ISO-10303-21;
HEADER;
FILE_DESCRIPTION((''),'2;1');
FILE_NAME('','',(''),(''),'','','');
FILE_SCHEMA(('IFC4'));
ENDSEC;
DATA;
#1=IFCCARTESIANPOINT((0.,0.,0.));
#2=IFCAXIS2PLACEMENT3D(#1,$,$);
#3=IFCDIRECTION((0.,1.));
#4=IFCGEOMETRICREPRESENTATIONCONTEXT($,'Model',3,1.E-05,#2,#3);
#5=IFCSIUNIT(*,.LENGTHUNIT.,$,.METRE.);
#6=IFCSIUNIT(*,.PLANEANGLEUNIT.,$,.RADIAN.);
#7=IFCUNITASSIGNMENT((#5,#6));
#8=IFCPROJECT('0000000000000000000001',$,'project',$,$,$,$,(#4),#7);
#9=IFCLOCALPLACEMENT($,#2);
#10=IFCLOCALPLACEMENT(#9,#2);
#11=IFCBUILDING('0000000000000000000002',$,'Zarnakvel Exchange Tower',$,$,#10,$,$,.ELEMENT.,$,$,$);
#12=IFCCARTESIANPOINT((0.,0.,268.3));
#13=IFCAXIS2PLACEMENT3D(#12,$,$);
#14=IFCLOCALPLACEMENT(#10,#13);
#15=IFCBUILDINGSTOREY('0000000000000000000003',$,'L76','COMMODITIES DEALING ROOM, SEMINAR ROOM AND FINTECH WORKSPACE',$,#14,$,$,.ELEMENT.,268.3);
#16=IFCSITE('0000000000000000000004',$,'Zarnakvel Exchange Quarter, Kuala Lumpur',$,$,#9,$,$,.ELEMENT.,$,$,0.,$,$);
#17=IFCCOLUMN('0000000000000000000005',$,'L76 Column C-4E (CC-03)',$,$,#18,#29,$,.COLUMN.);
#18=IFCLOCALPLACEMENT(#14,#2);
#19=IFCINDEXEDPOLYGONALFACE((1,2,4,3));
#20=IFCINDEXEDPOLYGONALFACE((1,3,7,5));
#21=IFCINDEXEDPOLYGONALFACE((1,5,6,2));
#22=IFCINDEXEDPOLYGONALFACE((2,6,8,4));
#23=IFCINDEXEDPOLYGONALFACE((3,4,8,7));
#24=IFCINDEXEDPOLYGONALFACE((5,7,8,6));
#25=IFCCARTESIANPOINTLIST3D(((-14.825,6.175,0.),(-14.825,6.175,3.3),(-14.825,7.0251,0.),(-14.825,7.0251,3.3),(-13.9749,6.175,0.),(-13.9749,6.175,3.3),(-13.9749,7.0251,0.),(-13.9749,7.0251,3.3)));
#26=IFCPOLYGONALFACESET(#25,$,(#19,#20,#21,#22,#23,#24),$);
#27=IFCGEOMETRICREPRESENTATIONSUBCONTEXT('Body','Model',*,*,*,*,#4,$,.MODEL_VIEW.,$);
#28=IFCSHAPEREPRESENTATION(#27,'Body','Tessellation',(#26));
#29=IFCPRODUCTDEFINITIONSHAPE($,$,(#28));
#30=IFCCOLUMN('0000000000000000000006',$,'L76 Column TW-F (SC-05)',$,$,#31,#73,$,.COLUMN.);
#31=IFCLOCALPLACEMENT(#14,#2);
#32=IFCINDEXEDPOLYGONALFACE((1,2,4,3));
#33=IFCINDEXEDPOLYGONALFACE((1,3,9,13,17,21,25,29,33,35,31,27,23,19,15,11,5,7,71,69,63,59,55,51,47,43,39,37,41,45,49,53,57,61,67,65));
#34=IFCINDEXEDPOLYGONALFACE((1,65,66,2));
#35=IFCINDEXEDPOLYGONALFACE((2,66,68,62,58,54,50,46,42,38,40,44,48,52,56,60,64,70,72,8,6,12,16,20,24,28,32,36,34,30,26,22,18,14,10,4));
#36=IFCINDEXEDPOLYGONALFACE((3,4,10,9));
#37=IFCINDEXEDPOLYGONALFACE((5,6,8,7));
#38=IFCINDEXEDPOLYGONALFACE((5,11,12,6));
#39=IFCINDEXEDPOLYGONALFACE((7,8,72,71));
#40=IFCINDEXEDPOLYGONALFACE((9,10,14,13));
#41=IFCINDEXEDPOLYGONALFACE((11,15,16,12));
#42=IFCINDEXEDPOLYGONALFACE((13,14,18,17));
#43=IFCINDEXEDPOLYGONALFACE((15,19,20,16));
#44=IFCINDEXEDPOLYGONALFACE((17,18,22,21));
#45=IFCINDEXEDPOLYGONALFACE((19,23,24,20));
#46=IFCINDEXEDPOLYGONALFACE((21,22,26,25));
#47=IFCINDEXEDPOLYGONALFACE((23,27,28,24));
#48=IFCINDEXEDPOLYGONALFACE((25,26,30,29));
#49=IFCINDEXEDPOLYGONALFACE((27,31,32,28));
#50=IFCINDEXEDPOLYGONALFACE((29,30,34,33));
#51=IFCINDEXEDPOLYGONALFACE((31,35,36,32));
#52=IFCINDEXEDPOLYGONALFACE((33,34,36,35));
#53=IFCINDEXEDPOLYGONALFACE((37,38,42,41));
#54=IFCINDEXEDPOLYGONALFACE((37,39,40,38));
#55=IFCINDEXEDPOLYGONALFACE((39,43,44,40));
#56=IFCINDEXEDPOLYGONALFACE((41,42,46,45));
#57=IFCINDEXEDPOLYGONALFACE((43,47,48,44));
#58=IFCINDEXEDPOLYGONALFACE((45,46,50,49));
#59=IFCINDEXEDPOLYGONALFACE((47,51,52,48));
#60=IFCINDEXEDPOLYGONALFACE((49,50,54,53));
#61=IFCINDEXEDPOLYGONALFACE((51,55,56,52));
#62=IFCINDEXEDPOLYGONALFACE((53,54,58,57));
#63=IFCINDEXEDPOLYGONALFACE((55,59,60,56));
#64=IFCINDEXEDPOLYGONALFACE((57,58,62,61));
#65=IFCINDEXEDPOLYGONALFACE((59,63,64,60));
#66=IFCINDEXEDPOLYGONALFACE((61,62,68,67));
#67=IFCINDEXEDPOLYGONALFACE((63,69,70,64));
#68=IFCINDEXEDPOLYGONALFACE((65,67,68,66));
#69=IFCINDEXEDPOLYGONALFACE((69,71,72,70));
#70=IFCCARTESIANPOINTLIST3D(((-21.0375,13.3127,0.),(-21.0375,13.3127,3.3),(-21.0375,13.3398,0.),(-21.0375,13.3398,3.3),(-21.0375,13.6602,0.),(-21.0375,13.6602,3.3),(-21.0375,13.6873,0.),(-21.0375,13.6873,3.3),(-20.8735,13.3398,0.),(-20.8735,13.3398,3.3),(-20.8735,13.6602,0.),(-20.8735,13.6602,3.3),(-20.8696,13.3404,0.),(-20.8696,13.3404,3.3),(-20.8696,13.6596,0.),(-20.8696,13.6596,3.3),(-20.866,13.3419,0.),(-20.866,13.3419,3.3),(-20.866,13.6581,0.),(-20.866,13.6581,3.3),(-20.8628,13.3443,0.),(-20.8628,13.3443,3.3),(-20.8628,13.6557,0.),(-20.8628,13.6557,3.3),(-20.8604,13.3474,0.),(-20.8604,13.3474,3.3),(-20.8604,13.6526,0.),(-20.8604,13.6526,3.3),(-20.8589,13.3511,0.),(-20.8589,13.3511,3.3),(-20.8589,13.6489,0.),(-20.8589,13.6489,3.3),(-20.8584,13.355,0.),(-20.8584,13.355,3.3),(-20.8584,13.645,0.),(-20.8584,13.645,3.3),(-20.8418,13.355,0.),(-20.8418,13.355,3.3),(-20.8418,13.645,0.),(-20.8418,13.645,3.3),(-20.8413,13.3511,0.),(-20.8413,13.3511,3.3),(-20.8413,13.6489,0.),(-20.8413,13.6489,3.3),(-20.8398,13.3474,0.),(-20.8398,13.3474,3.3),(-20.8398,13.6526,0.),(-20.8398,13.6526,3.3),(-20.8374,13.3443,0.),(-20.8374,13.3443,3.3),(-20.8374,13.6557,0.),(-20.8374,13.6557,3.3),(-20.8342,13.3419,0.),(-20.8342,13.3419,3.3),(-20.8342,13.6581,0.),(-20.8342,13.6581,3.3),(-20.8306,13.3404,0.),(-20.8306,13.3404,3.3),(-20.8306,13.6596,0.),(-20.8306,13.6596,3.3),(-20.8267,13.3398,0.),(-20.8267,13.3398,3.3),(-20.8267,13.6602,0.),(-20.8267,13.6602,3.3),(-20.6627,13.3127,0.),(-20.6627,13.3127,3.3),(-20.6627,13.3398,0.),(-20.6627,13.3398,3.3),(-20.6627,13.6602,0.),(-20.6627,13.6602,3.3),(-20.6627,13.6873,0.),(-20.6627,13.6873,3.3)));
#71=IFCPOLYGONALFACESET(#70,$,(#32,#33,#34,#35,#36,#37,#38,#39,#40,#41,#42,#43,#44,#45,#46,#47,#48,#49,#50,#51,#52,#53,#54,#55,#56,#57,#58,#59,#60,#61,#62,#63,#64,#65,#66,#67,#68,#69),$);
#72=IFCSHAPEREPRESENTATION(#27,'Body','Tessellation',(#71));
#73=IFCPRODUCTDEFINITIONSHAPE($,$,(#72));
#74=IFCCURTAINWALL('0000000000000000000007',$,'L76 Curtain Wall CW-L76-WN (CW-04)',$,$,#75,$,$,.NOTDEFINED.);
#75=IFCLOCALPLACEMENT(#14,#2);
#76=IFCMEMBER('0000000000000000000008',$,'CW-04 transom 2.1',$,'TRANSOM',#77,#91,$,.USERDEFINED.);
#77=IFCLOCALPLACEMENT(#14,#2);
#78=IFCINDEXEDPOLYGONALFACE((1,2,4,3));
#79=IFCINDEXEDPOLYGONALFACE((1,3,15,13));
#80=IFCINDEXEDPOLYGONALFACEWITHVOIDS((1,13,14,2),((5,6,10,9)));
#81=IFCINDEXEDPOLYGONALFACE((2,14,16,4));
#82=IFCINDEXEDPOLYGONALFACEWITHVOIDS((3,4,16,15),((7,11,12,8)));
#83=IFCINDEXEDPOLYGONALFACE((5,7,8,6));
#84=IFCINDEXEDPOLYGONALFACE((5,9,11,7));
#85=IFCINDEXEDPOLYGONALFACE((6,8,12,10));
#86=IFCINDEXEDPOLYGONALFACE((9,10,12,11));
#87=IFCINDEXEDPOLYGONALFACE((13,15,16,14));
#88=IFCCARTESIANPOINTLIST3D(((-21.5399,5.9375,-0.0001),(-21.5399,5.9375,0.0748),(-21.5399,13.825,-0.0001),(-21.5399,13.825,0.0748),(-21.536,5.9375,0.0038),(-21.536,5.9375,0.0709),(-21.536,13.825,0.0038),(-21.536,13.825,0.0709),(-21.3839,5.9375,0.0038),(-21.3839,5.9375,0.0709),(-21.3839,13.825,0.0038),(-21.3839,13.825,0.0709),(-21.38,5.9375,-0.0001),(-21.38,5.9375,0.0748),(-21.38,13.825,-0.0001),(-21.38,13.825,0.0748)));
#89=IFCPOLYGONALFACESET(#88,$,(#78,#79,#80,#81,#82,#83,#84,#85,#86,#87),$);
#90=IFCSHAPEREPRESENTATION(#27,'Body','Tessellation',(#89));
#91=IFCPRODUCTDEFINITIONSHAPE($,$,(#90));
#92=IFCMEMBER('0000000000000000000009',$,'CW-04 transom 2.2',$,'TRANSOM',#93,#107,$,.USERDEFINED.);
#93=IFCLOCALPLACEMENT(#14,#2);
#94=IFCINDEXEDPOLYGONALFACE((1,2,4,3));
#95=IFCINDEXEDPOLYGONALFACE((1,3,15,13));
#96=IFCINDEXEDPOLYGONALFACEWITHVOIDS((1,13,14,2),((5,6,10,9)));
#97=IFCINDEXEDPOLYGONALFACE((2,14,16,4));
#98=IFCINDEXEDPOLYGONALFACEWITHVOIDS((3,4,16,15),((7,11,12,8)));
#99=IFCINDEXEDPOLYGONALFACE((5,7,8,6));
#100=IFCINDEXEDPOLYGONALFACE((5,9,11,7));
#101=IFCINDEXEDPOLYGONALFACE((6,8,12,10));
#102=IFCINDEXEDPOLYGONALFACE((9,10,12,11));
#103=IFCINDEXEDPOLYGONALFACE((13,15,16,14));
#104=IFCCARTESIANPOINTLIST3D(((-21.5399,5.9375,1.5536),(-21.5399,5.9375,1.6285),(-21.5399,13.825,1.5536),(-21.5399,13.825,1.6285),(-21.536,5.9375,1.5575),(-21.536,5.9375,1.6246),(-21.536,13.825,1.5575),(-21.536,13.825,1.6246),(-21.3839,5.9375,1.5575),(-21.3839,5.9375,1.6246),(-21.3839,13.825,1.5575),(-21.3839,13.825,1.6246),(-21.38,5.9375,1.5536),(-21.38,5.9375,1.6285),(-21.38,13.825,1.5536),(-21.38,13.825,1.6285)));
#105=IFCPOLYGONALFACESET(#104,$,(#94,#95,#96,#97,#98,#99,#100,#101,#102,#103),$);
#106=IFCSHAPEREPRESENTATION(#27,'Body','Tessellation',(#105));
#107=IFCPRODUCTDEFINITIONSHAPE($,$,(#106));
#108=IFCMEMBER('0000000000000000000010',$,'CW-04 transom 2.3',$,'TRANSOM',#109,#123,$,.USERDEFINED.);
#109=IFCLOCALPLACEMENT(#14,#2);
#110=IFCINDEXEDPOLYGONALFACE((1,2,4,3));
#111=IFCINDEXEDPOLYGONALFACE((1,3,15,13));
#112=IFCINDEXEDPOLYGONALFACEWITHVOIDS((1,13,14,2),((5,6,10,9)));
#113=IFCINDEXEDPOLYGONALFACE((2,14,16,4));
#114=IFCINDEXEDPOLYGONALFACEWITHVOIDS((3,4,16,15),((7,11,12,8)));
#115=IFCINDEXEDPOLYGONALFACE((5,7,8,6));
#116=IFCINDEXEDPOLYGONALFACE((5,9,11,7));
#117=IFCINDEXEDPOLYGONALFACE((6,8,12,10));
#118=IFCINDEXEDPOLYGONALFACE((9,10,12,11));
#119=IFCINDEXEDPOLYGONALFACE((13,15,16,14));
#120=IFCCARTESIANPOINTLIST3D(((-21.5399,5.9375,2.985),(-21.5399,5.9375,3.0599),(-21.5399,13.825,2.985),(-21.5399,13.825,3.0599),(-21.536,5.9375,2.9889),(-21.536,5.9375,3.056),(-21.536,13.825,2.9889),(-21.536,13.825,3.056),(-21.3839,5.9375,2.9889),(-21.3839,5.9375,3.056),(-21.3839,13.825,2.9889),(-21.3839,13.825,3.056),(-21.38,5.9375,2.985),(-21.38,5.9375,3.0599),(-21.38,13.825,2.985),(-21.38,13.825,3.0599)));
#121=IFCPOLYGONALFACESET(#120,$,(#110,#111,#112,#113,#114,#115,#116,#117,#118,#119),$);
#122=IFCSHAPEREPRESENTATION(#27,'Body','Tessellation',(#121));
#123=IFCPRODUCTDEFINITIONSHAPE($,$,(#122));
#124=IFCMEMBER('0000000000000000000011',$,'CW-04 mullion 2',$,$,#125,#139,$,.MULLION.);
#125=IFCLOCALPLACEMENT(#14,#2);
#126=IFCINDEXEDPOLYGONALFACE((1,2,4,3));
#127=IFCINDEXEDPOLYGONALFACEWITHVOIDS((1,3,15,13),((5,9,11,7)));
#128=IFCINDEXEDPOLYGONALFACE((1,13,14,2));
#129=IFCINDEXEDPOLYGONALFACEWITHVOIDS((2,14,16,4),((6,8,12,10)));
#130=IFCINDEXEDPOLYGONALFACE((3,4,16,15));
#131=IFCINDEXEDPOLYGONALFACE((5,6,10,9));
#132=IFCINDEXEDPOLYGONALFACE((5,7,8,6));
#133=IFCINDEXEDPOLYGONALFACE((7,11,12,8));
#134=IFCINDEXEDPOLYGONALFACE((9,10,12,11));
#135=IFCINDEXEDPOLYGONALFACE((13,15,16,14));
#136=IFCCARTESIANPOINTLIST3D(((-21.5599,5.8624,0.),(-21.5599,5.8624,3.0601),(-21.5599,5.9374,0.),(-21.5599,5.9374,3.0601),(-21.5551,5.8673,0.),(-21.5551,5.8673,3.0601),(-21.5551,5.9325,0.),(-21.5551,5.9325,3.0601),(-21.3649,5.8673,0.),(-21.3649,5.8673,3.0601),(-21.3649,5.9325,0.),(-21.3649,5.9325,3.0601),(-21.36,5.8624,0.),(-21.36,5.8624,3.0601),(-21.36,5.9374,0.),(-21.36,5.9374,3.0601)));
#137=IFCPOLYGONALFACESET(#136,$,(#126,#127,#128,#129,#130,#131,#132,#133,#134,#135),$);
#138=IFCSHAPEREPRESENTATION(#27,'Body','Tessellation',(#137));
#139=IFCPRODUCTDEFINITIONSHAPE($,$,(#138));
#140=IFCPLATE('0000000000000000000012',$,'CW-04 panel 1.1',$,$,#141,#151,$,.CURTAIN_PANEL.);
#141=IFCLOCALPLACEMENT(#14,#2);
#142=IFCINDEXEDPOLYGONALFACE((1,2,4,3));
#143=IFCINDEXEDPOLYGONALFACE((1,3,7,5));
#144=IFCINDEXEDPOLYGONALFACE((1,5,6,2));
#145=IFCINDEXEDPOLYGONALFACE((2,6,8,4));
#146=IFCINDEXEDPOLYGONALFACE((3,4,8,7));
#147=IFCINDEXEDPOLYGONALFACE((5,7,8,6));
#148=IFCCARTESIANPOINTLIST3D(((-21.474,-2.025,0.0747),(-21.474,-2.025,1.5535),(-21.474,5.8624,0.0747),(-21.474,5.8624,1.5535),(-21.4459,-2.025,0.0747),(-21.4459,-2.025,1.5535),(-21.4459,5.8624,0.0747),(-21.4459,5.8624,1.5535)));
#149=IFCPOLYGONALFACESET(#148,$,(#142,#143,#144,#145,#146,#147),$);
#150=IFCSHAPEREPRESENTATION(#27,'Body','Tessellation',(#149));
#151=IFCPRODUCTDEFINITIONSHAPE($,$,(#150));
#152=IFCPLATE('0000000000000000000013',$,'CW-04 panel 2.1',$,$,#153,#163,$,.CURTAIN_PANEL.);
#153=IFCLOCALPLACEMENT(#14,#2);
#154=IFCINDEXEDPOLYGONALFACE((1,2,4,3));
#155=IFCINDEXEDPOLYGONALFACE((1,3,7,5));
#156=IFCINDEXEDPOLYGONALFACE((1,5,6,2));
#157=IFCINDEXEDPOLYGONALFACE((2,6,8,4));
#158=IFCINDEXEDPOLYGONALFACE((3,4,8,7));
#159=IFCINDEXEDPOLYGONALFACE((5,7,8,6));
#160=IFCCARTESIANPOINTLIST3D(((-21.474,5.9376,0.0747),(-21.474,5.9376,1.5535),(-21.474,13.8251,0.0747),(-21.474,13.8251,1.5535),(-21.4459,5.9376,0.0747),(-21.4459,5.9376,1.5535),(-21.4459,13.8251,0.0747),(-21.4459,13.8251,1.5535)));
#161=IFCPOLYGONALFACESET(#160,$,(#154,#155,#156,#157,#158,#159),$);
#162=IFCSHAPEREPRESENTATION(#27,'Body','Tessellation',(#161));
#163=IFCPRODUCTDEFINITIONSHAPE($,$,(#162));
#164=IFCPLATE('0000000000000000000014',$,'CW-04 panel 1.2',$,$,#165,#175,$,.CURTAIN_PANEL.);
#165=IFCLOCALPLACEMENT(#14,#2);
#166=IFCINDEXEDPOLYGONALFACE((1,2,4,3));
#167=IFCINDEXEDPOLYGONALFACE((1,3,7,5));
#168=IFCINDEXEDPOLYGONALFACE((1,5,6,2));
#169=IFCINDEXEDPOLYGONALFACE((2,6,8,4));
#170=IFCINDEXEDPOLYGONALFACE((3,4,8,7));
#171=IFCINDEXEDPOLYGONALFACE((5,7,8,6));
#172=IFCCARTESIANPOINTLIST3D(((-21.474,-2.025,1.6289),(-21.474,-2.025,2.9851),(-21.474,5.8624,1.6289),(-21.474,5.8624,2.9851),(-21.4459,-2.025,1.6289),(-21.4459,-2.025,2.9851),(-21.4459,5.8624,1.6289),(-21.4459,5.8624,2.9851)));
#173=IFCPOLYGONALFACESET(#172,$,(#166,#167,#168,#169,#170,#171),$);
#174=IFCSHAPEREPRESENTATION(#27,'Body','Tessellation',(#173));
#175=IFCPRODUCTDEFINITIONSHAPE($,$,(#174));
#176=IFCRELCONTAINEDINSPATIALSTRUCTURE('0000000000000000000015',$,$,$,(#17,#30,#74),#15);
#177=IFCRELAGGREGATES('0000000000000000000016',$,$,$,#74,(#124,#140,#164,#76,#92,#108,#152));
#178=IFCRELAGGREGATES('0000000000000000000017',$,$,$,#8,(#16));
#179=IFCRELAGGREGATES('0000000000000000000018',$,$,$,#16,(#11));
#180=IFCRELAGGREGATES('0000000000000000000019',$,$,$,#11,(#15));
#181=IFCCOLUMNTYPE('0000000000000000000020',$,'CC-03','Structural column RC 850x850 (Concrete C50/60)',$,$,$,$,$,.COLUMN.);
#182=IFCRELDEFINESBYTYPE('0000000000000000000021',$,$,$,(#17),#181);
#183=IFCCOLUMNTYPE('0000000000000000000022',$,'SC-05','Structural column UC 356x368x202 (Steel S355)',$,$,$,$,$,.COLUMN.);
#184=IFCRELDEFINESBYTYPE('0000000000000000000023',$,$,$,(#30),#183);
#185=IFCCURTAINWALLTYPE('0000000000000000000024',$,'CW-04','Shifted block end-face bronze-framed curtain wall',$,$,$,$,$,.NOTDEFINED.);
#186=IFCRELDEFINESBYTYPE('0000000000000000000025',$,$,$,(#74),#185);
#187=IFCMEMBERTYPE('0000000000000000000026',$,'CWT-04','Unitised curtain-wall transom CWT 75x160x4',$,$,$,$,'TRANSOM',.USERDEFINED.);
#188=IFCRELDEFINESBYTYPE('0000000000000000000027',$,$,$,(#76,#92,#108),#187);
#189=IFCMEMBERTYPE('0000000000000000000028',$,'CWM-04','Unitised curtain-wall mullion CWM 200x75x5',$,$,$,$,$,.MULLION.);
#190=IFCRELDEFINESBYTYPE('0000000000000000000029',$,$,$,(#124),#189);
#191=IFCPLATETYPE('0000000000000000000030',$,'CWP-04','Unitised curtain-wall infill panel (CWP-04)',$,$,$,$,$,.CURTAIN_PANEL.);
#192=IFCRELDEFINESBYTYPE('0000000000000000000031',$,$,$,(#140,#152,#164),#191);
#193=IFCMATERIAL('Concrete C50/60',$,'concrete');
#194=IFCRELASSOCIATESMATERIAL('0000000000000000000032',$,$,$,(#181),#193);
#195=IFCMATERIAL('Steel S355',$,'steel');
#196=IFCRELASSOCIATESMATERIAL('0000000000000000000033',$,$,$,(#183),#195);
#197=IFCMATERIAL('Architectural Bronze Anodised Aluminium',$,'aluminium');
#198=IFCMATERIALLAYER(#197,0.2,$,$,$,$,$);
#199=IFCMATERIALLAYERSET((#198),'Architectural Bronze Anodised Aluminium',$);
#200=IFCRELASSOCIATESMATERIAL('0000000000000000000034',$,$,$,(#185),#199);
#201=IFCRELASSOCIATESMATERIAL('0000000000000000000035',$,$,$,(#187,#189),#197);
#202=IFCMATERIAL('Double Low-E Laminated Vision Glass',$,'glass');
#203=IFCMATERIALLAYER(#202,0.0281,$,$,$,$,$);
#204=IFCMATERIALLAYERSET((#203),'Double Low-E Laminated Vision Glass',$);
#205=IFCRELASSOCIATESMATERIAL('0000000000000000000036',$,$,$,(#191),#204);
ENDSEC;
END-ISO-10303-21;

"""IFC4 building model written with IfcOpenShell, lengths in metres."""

from ifc_helpers import new_model, si_unit, direction, frame, origin, origin_2d, place, context, subcontext, project, spatial, rectangle, hollow_rectangle, i_section, extrude, source, transform, mapped, material, layer, layer_set, material_profile, profile_set, type_object, element, aggregate, save


model = new_model("IFC4")

# Units and contexts
model_context = context("Model", 3, precision=1e-05, world=origin(), true_north=direction((0.0, 1.0)))
body_context = subcontext(model_context, "Body", "Model", "MODEL_VIEW")
ifc_project = project(units=[si_unit("LENGTHUNIT", "METRE"), si_unit("PLANEANGLEUNIT", "RADIAN")], contexts=[model_context])

# Site, building, storey
site_placement = place(None, origin())
site = spatial("IfcSite", under=ifc_project, at=site_placement, Name="Zarnakvel Exchange Quarter, Kuala Lumpur", CompositionType="ELEMENT", RefElevation=0.0)
building_placement = place(site_placement, origin())
building = spatial("IfcBuilding", under=site, at=building_placement, Name="Zarnakvel Exchange Tower", CompositionType="ELEMENT")
storey_placement = place(building_placement, frame((0.0, 0.0, 268.3)))
storey = spatial("IfcBuildingStorey", under=building, at=storey_placement, Name="L76", Description="COMMODITIES DEALING ROOM, SEMINAR ROOM AND FINTECH WORKSPACE", CompositionType="ELEMENT", Elevation=268.3)

# Columns
ifc_material_1 = material(Name="Concrete C50/60", Category="concrete")
ifc_material_profile_1 = material_profile(ifc_material_1, rectangle(XDim=0.8501, YDim=0.8501, at=origin_2d()))
ifc_profile_set_1 = profile_set([ifc_material_profile_1], Name="Concrete C50/60")
column_type_1 = type_object("IfcColumnType", Name="CC-03", Description="Structural column RC 850x850 (Concrete C50/60)", PredefinedType="COLUMN", material=ifc_profile_set_1)
column_1_placement = place(storey_placement, frame((-14.3999, 6.6001, 0.0), z_axis=(0.0, 0.0, 1.0), x_axis=(1.0, 0.0, 0.0)))
element("IfcColumn", 1, at=column_1_placement, inside=storey, type_object=column_type_1, Name="L76 Column C-4E (CC-03)", PredefinedType="COLUMN", context=body_context, shape_type="SweptSolid", body=[
    extrude(rectangle(XDim=0.8501, YDim=0.8501, at=origin_2d()), origin(), (0.0, 0.0, 1.0), 3.3),
])
ifc_material_2 = material(Name="Steel S355", Category="steel")
ifc_material_profile_2 = material_profile(ifc_material_2, i_section(OverallWidth=0.3748, OverallDepth=0.3745, WebThickness=0.0166, FlangeThickness=0.0271, FilletRadius=0.0151, at=origin_2d()))
ifc_profile_set_2 = profile_set([ifc_material_profile_2], Name="Steel S355")
column_type_2 = type_object("IfcColumnType", Name="SC-05", Description="Structural column UC 356x368x202 (Steel S355)", PredefinedType="COLUMN", material=ifc_profile_set_2)
column_2_placement = place(storey_placement, frame((-20.8501, 13.5, 0.0), z_axis=(0.0, 0.0, 1.0), x_axis=(1.0, 0.0, 0.0)))
element("IfcColumn", 2, at=column_2_placement, inside=storey, type_object=column_type_2, Name="L76 Column TW-F (SC-05)", PredefinedType="COLUMN", context=body_context, shape_type="SweptSolid", body=[
    extrude(i_section(OverallWidth=0.3748, OverallDepth=0.3745, WebThickness=0.0166, FlangeThickness=0.0271, FilletRadius=0.0151, at=origin_2d()), origin(), (0.0, 0.0, 1.0), 3.3),
])

# Curtain wall, members, plates
ifc_material_3 = material(Name="Architectural Bronze Anodised Aluminium", Category="aluminium")
ifc_layer_1 = layer(ifc_material_3, 0.2)
ifc_layer_set_1 = layer_set([ifc_layer_1], Name="Architectural Bronze Anodised Aluminium")
curtain_wall_type = type_object("IfcCurtainWallType", Name="CW-04", Description="Shifted block end-face bronze-framed curtain wall", PredefinedType="NOTDEFINED", material=ifc_layer_set_1)
curtain_wall_placement = place(storey_placement, origin())
curtain_wall = element("IfcCurtainWall", 3, at=curtain_wall_placement, inside=storey, type_object=curtain_wall_type, Name="L76 Curtain Wall CW-L76-WN (CW-04)", PredefinedType="NOTDEFINED")
ifc_material_profile_3 = material_profile(ifc_material_3, hollow_rectangle(XDim=0.1599, YDim=0.075, WallThickness=0.0039, at=origin_2d()))
ifc_profile_set_3 = profile_set([ifc_material_profile_3], Name="Architectural Bronze Anodised Aluminium")
member_type_1 = type_object("IfcMemberType", Name="CWT-04", Description="Unitised curtain-wall transom CWT 75x160x4", ElementType="TRANSOM", PredefinedType="USERDEFINED", material=ifc_profile_set_3)
shared_shape_1 = source(origin(), body_context, "Body", "SweptSolid", [
    extrude(hollow_rectangle(XDim=0.1599, YDim=0.075, WallThickness=0.0039, at=origin_2d()), origin(), (0.0, 0.0, 1.0), 7.8875),
])
member_1_placement = place(storey_placement, frame((-21.46, 5.9375, 0.0374), z_axis=(0.0, 1.0, 0.0), x_axis=(-1.0, 0.0, 0.0)))
member_1 = element("IfcMember", 4, at=member_1_placement, type_object=member_type_1, Name="CW-04 transom 2.1", ObjectType="TRANSOM", PredefinedType="USERDEFINED", context=body_context, shape_type="MappedRepresentation", body=[
    mapped(shared_shape_1, transform((0.0, 0.0, 0.0), x_axis=(1.0, 0.0, 0.0), y_axis=(0.0, 1.0, 0.0), z_axis=(0.0, 0.0, 1.0), scale=1.0)),
])
member_2_placement = place(storey_placement, frame((-21.46, 5.9375, 1.5911), z_axis=(0.0, 1.0, 0.0), x_axis=(-1.0, 0.0, 0.0)))
member_2 = element("IfcMember", 5, at=member_2_placement, type_object=member_type_1, Name="CW-04 transom 2.2", ObjectType="TRANSOM", PredefinedType="USERDEFINED", context=body_context, shape_type="MappedRepresentation", body=[
    mapped(shared_shape_1, transform((0.0, 0.0, 0.0), x_axis=(1.0, 0.0, 0.0), y_axis=(0.0, 1.0, 0.0), z_axis=(0.0, 0.0, 1.0), scale=1.0)),
])
member_3_placement = place(storey_placement, frame((-21.46, 5.9375, 3.0225), z_axis=(0.0, 1.0, 0.0), x_axis=(-1.0, 0.0, 0.0)))
member_3 = element("IfcMember", 6, at=member_3_placement, type_object=member_type_1, Name="CW-04 transom 2.3", ObjectType="TRANSOM", PredefinedType="USERDEFINED", context=body_context, shape_type="MappedRepresentation", body=[
    mapped(shared_shape_1, transform((0.0, 0.0, 0.0), x_axis=(1.0, 0.0, 0.0), y_axis=(0.0, 1.0, 0.0), z_axis=(0.0, 0.0, 1.0), scale=1.0)),
])
ifc_material_profile_4 = material_profile(ifc_material_3, hollow_rectangle(XDim=0.2, YDim=0.075, WallThickness=0.0049, at=origin_2d()))
ifc_profile_set_4 = profile_set([ifc_material_profile_4], Name="Architectural Bronze Anodised Aluminium")
member_type_2 = type_object("IfcMemberType", Name="CWM-04", Description="Unitised curtain-wall mullion CWM 200x75x5", PredefinedType="MULLION", material=ifc_profile_set_4)
shared_shape_2 = source(origin(), body_context, "Body", "SweptSolid", [
    extrude(hollow_rectangle(XDim=0.2, YDim=0.075, WallThickness=0.0049, at=origin_2d()), origin(), (0.0, 0.0, 1.0), 3.0601),
])
member_4_placement = place(storey_placement, frame((-21.46, 5.8999, 0.0), z_axis=(0.0, 0.0, 1.0), x_axis=(-1.0, 0.0, 0.0)))
member_4 = element("IfcMember", 7, at=member_4_placement, type_object=member_type_2, Name="CW-04 mullion 2", PredefinedType="MULLION", context=body_context, shape_type="MappedRepresentation", body=[
    mapped(shared_shape_2, transform((0.0, 0.0, 0.0), x_axis=(1.0, 0.0, 0.0), y_axis=(0.0, 1.0, 0.0), z_axis=(0.0, 0.0, 1.0), scale=1.0)),
])
ifc_material_4 = material(Name="Double Low-E Laminated Vision Glass", Category="glass")
ifc_layer_2 = layer(ifc_material_4, 0.0281)
ifc_layer_set_2 = layer_set([ifc_layer_2], Name="Double Low-E Laminated Vision Glass")
plate_type = type_object("IfcPlateType", Name="CWP-04", Description="Unitised curtain-wall infill panel (CWP-04)", PredefinedType="CURTAIN_PANEL", material=ifc_layer_set_2)
shared_shape_3 = source(origin(), body_context, "Body", "SweptSolid", [
    extrude(rectangle(XDim=7.8875, YDim=0.0281, at=origin_2d()), origin(), (0.0, 0.0, 1.0), 1.4788),
])
plate_1_placement = place(storey_placement, frame((-21.46, 1.9187, 0.0747), z_axis=(0.0, 0.0, 1.0), x_axis=(0.0, 1.0, 0.0)))
plate_1 = element("IfcPlate", 8, at=plate_1_placement, type_object=plate_type, Name="CW-04 panel 1.1", PredefinedType="CURTAIN_PANEL", context=body_context, shape_type="MappedRepresentation", body=[
    mapped(shared_shape_3, transform((0.0, 0.0, 0.0), x_axis=(1.0, 0.0, 0.0), y_axis=(0.0, 1.0, 0.0), z_axis=(0.0, 0.0, 1.0), scale=1.0)),
])
plate_2_placement = place(storey_placement, frame((-21.46, 9.8813, 0.0747), z_axis=(0.0, 0.0, 1.0), x_axis=(0.0, 1.0, 0.0)))
plate_2 = element("IfcPlate", 9, at=plate_2_placement, type_object=plate_type, Name="CW-04 panel 2.1", PredefinedType="CURTAIN_PANEL", context=body_context, shape_type="MappedRepresentation", body=[
    mapped(shared_shape_3, transform((0.0, 0.0, 0.0), x_axis=(1.0, 0.0, 0.0), y_axis=(0.0, 1.0, 0.0), z_axis=(0.0, 0.0, 1.0), scale=1.0)),
])
shared_shape_4 = source(origin(), body_context, "Body", "SweptSolid", [
    extrude(rectangle(XDim=7.8875, YDim=0.0281, at=origin_2d()), origin(), (0.0, 0.0, 1.0), 1.3562),
])
plate_3_placement = place(storey_placement, frame((-21.46, 1.9187, 1.6289), z_axis=(0.0, 0.0, 1.0), x_axis=(0.0, 1.0, 0.0)))
plate_3 = element("IfcPlate", 10, at=plate_3_placement, type_object=plate_type, Name="CW-04 panel 1.2", PredefinedType="CURTAIN_PANEL", context=body_context, shape_type="MappedRepresentation", body=[
    mapped(shared_shape_4, transform((0.0, 0.0, 0.0), x_axis=(1.0, 0.0, 0.0), y_axis=(0.0, 1.0, 0.0), z_axis=(0.0, 0.0, 1.0), scale=1.0)),
])
aggregate(curtain_wall, [member_4, plate_1, plate_3, member_1, member_2, member_3, plate_2])

save(model, "model.ifc")
